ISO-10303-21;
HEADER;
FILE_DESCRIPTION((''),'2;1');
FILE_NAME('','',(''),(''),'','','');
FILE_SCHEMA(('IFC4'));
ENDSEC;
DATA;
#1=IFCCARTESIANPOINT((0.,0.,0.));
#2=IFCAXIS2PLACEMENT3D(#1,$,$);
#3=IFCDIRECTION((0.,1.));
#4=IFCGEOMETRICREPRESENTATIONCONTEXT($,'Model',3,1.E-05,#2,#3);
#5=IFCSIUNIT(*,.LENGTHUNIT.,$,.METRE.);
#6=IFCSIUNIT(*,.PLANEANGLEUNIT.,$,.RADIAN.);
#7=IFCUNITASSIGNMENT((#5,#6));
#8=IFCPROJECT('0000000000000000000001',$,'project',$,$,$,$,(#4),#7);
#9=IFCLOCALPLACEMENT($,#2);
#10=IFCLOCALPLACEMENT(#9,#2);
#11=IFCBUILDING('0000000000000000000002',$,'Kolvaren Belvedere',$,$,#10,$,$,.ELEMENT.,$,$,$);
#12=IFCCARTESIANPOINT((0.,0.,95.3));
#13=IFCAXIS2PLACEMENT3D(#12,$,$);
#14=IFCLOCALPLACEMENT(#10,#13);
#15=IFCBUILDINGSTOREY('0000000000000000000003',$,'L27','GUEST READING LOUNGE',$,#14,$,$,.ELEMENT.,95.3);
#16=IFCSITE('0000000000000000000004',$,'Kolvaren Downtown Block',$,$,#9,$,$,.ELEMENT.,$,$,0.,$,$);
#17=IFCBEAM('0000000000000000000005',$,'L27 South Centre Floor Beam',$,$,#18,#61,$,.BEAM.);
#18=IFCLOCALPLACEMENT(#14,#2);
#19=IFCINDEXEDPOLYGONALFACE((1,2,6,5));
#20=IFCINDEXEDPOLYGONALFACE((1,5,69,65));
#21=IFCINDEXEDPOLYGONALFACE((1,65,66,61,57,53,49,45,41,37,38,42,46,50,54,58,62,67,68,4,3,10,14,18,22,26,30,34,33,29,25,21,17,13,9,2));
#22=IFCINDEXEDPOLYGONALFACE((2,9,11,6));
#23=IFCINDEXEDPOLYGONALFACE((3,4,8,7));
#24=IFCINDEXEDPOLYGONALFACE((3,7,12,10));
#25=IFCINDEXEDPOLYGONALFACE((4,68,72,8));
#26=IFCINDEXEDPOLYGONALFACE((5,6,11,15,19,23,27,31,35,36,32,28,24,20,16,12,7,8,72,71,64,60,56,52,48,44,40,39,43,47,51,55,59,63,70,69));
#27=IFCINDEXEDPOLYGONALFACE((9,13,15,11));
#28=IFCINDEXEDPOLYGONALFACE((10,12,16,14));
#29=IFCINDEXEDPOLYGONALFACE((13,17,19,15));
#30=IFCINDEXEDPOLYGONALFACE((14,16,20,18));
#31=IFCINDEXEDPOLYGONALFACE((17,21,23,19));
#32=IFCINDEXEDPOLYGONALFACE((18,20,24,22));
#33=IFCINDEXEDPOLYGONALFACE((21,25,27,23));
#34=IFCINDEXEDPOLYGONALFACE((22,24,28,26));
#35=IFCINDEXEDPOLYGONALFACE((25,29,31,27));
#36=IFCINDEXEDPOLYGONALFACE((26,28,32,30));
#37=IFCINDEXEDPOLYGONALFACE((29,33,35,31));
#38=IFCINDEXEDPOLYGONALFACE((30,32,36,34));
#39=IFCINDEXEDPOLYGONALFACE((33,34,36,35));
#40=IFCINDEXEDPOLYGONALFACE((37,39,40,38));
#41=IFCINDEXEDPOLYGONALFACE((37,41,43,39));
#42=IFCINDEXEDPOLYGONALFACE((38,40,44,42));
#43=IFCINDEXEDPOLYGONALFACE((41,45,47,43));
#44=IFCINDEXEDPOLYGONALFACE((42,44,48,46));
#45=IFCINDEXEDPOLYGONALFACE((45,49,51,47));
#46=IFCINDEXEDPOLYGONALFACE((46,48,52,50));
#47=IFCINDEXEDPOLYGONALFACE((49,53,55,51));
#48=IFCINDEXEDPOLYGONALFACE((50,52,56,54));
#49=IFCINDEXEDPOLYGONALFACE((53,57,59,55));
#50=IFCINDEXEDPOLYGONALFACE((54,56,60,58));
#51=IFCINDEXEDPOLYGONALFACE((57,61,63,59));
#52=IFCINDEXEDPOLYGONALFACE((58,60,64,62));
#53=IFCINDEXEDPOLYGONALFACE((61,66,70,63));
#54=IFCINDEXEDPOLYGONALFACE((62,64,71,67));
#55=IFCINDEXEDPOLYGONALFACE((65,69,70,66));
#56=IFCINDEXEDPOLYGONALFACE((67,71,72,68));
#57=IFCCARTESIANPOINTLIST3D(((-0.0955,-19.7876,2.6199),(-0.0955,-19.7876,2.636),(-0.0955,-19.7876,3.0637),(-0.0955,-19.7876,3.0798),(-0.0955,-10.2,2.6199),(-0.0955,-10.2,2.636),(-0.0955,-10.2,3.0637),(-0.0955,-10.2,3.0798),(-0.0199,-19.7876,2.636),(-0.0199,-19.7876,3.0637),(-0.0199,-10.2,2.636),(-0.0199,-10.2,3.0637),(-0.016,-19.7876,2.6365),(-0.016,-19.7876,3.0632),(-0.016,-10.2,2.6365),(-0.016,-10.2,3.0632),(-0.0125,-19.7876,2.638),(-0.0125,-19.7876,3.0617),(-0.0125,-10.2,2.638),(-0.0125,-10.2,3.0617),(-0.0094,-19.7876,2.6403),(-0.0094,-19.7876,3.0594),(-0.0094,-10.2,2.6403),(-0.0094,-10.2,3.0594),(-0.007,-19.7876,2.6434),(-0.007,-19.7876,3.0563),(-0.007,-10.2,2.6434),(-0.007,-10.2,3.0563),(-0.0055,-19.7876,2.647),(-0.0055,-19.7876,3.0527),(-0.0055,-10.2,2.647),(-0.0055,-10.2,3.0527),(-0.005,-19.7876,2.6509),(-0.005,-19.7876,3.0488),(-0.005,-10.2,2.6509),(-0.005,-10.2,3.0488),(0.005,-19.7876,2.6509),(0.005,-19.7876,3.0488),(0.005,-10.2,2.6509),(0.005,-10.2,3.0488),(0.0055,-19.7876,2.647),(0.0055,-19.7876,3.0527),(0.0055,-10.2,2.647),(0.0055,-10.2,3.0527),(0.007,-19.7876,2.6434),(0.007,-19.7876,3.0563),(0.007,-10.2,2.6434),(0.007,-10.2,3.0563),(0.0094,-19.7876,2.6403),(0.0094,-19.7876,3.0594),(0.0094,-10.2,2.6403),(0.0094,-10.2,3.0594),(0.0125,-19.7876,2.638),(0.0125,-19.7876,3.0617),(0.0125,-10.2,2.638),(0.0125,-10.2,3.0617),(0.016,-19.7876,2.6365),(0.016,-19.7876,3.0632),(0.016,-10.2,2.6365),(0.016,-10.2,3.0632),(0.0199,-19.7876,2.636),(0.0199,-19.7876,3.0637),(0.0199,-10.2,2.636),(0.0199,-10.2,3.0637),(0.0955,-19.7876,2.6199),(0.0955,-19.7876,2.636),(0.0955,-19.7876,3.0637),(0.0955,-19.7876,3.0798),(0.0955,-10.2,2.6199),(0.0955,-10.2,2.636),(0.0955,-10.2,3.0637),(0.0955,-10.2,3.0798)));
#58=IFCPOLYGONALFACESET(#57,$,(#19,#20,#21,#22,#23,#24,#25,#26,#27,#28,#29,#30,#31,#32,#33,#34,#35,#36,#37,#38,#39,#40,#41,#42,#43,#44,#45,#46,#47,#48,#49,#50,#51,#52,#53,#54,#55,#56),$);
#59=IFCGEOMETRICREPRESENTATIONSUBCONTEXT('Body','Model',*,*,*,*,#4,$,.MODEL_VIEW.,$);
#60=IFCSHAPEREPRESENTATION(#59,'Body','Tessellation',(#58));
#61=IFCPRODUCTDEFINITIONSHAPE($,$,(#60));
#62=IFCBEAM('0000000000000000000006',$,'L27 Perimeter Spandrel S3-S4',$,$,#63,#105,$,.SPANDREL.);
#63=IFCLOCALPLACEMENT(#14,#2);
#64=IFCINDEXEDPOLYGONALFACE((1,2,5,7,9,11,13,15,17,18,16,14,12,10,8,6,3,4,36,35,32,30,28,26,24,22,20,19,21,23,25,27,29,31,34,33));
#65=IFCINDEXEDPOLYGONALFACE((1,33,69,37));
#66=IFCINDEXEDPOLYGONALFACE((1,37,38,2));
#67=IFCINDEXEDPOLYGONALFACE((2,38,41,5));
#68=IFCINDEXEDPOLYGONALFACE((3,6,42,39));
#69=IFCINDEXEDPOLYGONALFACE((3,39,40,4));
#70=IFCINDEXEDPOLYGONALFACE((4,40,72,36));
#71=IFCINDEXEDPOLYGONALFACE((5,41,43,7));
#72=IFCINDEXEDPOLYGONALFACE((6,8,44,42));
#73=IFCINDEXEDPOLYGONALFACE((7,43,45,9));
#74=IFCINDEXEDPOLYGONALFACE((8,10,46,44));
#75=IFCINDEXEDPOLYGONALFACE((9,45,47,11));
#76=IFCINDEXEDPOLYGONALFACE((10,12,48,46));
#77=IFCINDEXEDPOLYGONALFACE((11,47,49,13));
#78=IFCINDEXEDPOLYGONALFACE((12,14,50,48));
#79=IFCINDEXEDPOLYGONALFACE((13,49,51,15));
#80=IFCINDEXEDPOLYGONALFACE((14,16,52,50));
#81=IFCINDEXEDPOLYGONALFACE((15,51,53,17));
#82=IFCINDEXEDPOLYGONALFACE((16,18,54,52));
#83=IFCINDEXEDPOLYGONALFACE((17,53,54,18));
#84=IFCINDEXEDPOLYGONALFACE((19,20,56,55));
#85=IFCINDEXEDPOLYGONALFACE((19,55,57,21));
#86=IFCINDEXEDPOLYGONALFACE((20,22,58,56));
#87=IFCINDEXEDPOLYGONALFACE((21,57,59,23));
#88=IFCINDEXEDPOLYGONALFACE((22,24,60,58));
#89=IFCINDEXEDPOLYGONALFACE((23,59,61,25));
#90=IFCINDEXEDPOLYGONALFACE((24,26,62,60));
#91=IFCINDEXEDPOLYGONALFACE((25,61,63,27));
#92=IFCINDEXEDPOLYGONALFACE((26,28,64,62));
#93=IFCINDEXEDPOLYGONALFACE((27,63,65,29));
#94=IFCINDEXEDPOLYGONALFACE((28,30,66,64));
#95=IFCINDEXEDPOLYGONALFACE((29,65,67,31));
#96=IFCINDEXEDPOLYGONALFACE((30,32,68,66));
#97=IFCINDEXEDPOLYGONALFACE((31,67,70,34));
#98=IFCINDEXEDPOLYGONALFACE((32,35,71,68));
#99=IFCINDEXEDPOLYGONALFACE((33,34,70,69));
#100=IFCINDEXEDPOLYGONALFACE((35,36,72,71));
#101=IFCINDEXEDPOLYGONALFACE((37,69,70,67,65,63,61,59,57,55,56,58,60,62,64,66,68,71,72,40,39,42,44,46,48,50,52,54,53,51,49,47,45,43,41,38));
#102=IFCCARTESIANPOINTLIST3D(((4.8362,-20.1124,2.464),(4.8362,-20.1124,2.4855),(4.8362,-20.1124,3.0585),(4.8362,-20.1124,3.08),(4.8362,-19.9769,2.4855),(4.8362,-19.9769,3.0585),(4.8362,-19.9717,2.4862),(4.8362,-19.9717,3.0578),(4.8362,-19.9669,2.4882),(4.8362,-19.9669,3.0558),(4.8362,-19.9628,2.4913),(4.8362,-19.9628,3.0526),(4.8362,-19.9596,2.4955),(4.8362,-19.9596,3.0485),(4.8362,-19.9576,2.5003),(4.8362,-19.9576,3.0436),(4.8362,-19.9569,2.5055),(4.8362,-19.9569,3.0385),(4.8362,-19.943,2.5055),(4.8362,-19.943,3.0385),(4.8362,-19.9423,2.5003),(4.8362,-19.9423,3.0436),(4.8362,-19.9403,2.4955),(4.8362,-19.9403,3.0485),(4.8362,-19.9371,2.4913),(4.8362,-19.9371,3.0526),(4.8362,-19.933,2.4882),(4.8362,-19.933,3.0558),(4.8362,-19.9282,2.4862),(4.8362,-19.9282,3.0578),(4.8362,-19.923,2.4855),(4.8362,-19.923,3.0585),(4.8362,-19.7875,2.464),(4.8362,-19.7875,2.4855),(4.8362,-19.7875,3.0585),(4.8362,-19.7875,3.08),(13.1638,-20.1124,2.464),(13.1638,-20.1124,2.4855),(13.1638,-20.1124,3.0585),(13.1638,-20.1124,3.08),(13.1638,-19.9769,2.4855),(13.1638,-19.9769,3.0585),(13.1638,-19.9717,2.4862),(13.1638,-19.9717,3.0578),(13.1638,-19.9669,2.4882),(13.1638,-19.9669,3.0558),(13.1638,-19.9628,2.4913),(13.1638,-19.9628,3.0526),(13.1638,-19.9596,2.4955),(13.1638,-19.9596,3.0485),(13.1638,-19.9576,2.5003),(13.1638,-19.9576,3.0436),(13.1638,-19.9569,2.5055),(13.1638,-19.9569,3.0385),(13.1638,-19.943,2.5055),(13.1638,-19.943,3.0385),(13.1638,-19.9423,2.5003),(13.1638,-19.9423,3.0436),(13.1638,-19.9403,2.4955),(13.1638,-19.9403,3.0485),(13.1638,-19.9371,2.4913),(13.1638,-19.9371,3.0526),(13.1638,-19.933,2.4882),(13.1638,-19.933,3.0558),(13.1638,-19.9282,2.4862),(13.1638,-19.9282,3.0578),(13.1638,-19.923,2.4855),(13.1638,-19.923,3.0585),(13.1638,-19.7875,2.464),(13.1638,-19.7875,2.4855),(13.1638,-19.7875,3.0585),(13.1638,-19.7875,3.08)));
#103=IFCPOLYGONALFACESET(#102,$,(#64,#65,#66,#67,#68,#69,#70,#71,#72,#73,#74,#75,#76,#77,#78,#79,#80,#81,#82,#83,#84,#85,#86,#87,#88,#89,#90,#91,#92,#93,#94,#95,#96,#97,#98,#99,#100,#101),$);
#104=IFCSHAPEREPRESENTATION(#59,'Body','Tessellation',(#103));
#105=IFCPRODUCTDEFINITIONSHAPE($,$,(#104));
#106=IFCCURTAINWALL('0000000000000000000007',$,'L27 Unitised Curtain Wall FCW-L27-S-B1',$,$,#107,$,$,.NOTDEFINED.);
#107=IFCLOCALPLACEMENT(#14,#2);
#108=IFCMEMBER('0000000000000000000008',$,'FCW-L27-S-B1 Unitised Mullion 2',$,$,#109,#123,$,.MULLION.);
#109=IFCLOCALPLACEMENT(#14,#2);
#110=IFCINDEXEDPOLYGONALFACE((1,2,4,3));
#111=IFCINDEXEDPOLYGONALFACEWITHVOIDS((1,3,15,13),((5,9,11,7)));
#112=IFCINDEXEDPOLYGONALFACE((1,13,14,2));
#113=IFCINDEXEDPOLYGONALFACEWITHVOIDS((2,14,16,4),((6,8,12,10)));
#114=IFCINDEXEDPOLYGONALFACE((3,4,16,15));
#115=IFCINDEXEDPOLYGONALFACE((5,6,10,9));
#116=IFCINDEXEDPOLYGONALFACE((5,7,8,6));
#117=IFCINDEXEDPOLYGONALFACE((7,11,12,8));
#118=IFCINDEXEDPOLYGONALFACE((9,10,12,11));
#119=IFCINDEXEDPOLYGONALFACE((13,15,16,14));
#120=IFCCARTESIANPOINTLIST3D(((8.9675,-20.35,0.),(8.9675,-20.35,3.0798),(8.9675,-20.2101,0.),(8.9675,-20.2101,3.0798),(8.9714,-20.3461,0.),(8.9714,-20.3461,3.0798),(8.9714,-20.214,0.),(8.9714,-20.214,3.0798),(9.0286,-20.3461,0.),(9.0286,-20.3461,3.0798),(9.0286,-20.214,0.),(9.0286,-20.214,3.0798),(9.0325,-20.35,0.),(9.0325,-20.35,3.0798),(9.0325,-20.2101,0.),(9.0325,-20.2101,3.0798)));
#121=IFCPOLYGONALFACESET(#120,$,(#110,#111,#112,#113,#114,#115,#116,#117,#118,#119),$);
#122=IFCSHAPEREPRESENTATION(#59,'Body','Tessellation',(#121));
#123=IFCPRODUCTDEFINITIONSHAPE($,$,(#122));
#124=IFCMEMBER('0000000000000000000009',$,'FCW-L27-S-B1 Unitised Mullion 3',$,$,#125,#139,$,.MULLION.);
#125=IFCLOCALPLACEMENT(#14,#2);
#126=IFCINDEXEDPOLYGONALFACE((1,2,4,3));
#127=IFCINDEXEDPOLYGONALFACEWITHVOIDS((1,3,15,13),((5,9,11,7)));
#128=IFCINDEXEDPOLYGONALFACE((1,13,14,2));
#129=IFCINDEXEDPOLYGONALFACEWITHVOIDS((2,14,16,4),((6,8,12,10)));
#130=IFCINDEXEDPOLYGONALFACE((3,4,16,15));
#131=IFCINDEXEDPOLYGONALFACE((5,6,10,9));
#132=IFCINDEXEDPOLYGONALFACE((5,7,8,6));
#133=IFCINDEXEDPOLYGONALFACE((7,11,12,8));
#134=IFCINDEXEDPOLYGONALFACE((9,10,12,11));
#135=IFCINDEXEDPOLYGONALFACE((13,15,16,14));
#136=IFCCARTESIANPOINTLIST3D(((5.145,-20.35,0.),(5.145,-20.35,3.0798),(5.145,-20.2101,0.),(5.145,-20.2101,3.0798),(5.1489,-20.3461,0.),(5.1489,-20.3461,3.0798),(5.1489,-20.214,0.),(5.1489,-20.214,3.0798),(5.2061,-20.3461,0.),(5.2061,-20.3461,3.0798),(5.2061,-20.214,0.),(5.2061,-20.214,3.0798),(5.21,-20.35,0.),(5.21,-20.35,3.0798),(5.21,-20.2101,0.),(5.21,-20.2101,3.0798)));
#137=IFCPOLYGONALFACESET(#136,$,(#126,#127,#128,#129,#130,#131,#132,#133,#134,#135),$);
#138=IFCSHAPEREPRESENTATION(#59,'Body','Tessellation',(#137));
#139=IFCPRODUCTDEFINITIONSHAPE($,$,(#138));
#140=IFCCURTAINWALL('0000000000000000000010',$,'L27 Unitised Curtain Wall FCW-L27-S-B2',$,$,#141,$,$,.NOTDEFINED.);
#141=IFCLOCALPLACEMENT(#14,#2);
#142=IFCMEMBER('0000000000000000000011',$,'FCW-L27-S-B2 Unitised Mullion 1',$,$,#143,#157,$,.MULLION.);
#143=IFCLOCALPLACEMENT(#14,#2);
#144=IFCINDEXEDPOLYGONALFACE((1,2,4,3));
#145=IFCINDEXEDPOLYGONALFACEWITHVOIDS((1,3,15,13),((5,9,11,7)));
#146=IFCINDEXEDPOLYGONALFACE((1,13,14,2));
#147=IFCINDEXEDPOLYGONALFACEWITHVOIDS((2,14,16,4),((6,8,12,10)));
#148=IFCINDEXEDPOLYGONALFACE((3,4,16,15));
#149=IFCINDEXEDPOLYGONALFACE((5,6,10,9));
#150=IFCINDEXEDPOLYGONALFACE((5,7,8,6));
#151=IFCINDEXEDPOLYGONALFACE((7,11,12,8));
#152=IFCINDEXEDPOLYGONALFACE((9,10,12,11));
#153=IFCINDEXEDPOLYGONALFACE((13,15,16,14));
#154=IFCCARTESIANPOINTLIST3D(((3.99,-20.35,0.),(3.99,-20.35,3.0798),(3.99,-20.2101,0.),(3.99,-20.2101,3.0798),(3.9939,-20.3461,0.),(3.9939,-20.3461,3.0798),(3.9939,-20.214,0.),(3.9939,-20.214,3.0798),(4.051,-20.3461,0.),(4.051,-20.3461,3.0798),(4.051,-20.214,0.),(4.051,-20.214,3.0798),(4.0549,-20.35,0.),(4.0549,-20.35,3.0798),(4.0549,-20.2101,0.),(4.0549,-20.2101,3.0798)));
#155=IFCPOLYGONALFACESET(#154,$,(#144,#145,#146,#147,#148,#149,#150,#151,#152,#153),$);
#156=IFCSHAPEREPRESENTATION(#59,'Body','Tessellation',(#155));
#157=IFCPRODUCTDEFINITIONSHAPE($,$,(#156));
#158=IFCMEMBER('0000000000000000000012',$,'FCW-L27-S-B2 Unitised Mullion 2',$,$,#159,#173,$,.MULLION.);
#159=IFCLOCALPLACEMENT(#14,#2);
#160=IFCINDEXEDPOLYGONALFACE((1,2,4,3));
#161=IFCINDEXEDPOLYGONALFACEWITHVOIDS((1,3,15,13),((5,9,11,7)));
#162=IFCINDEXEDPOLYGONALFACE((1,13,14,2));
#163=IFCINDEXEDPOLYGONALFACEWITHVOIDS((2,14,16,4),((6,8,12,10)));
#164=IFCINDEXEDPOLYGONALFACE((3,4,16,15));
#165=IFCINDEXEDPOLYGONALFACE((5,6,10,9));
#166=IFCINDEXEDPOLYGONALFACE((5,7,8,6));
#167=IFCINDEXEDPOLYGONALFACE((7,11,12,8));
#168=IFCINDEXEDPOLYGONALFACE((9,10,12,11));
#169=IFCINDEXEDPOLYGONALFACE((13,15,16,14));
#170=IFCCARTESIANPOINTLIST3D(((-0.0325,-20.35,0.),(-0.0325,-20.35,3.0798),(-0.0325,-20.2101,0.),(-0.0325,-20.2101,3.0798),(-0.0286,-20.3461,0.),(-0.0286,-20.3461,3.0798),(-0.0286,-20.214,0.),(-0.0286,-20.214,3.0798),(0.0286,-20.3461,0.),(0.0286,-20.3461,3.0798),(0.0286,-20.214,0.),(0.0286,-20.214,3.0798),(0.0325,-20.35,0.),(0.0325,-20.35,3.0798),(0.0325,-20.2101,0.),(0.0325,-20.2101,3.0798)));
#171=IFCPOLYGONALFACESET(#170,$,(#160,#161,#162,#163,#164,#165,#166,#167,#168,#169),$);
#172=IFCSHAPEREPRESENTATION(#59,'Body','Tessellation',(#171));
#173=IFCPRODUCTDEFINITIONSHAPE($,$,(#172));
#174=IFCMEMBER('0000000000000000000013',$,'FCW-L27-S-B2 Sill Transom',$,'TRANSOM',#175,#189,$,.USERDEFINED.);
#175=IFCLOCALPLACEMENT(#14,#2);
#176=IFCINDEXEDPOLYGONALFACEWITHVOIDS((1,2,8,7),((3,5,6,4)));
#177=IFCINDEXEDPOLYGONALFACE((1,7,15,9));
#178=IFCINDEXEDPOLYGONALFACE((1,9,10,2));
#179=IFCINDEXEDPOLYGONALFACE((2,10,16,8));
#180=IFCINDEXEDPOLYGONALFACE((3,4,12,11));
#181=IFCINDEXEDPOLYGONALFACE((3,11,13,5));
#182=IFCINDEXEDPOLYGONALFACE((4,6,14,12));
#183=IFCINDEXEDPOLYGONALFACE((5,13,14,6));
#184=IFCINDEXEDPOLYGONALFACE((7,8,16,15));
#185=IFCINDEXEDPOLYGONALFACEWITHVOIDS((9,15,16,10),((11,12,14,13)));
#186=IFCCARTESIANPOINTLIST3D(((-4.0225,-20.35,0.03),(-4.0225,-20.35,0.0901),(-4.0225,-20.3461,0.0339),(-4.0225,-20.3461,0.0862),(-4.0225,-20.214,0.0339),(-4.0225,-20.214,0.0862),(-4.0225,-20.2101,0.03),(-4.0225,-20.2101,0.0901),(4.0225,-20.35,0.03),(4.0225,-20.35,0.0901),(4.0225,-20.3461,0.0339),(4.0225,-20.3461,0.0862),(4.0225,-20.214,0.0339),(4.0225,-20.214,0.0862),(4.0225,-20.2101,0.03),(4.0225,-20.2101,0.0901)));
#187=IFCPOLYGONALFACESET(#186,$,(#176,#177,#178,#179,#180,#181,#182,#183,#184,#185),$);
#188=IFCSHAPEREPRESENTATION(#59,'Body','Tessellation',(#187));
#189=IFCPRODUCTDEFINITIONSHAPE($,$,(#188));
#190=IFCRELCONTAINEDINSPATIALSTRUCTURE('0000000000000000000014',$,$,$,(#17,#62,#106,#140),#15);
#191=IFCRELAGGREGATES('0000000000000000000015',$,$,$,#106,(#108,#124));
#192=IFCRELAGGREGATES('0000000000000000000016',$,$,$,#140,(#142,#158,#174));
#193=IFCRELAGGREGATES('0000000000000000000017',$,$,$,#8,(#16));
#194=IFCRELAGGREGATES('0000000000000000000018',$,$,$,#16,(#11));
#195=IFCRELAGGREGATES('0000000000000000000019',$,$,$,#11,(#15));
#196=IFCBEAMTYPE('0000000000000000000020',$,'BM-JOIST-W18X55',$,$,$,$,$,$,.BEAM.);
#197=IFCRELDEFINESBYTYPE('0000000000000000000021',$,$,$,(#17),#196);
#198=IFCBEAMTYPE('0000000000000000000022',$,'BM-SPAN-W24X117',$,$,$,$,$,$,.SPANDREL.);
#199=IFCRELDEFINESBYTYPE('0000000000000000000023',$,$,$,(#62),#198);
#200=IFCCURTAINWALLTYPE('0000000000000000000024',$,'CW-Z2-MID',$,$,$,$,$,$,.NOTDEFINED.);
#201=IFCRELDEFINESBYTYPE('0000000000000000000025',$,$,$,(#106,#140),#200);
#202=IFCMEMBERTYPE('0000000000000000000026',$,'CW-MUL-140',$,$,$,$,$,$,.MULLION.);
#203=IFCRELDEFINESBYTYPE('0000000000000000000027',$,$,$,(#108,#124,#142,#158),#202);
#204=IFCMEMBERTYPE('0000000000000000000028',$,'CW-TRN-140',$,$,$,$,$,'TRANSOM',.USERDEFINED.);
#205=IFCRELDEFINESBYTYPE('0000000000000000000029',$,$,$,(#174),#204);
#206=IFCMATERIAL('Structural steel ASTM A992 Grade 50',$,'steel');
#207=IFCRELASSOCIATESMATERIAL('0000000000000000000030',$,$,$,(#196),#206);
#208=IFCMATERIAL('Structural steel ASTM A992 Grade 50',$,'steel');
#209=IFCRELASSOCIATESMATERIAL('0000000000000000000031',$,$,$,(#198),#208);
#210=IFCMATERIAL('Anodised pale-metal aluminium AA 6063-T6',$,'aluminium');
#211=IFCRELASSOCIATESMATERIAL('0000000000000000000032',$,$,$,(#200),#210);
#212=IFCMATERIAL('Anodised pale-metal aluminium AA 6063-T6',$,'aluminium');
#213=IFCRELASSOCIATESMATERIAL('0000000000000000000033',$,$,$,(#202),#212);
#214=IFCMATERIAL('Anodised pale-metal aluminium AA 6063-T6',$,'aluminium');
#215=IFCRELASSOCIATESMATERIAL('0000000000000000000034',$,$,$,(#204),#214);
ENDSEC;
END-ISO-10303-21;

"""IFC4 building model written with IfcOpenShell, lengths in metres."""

from ifc_helpers import new_model, si_unit, direction, frame, origin, origin_2d, place, context, subcontext, project, spatial, hollow_rectangle, i_section, extrude, material, material_profile, profile_set, type_object, element, aggregate, save


model = new_model("IFC4")

# Units and contexts
model_context = context("Model", 3, precision=1e-05, world=origin(), true_north=direction((0.0, 1.0)))
body_context = subcontext(model_context, "Body", "Model", "MODEL_VIEW")
ifc_project = project(units=[si_unit("LENGTHUNIT", "METRE"), si_unit("PLANEANGLEUNIT", "RADIAN")], contexts=[model_context])

# Site, building, storey
site_placement = place(None, origin())
site = spatial("IfcSite", under=ifc_project, at=site_placement, Name="Kolvaren Downtown Block", CompositionType="ELEMENT", RefElevation=0.0)
building_placement = place(site_placement, origin())
building = spatial("IfcBuilding", under=site, at=building_placement, Name="Kolvaren Belvedere", CompositionType="ELEMENT")
storey_placement = place(building_placement, frame((0.0, 0.0, 95.3)))
storey = spatial("IfcBuildingStorey", under=building, at=storey_placement, Name="L27", Description="GUEST READING LOUNGE", CompositionType="ELEMENT", Elevation=95.3)

# Beams
ifc_material_1 = material(Name="Structural steel ASTM A992 Grade 50", Category="steel")
ifc_material_profile_1 = material_profile(ifc_material_1, i_section(OverallWidth=0.1909, OverallDepth=0.46, WebThickness=0.01, FlangeThickness=0.0161, FilletRadius=0.0149, at=origin_2d()), Name="W18X55")
ifc_profile_set_1 = profile_set([ifc_material_profile_1], Name="Structural steel ASTM A992 Grade 50")
beam_type_1 = type_object("IfcBeamType", Name="BM-JOIST-W18X55", PredefinedType="BEAM", material=ifc_profile_set_1)
beam_1_placement = place(storey_placement, frame((0.0, -10.2, 2.8499), z_axis=(0.0, -1.0, 0.0), x_axis=(1.0, 0.0, 0.0)))
element("IfcBeam", 1, at=beam_1_placement, inside=storey, type_object=beam_type_1, Name="L27 South Centre Floor Beam", PredefinedType="BEAM", context=body_context, shape_type="SweptSolid", body=[
    extrude(i_section(OverallWidth=0.1909, OverallDepth=0.46, WebThickness=0.01, FlangeThickness=0.0161, FilletRadius=0.0149, at=origin_2d()), origin(), (0.0, 0.0, 1.0), 9.5876),
])
ifc_material_2 = material(Name="Structural steel ASTM A992 Grade 50", Category="steel")
ifc_material_profile_2 = material_profile(ifc_material_2, i_section(OverallWidth=0.325, OverallDepth=0.616, WebThickness=0.0139, FlangeThickness=0.0215, FilletRadius=0.02, at=origin_2d()), Name="W24X117")
ifc_profile_set_2 = profile_set([ifc_material_profile_2], Name="Structural steel ASTM A992 Grade 50")
beam_type_2 = type_object("IfcBeamType", Name="BM-SPAN-W24X117", PredefinedType="SPANDREL", material=ifc_profile_set_2)
beam_2_placement = place(storey_placement, frame((4.8362, -19.95, 2.772), z_axis=(1.0, 0.0, 0.0), x_axis=(0.0, 1.0, 0.0)))
element("IfcBeam", 2, at=beam_2_placement, inside=storey, type_object=beam_type_2, Name="L27 Perimeter Spandrel S3-S4", PredefinedType="SPANDREL", context=body_context, shape_type="SweptSolid", body=[
    extrude(i_section(OverallWidth=0.325, OverallDepth=0.616, WebThickness=0.0139, FlangeThickness=0.0215, FilletRadius=0.02, at=origin_2d()), origin(), (0.0, 0.0, 1.0), 8.3276),
])

# Curtain walls, members
ifc_material_3 = material(Name="Anodised pale-metal aluminium AA 6063-T6", Category="aluminium")
curtain_wall_type = type_object("IfcCurtainWallType", Name="CW-Z2-MID", PredefinedType="NOTDEFINED", material=ifc_material_3)
curtain_wall_1_placement = place(storey_placement, origin())
curtain_wall_1 = element("IfcCurtainWall", 3, at=curtain_wall_1_placement, inside=storey, type_object=curtain_wall_type, Name="L27 Unitised Curtain Wall FCW-L27-S-B1", PredefinedType="NOTDEFINED")
ifc_material_4 = material(Name="Anodised pale-metal aluminium AA 6063-T6", Category="aluminium")
ifc_material_profile_3 = material_profile(ifc_material_4, hollow_rectangle(XDim=0.0649, YDim=0.1399, WallThickness=0.0039, at=origin_2d()), Name="ALU-MUL-140X65")
ifc_profile_set_3 = profile_set([ifc_material_profile_3], Name="Anodised pale-metal aluminium AA 6063-T6")
member_type_1 = type_object("IfcMemberType", Name="CW-MUL-140", PredefinedType="MULLION", material=ifc_profile_set_3)
member_1_placement = place(storey_placement, frame((9.0, -20.28, 0.0), z_axis=(0.0, 0.0, 1.0), x_axis=(1.0, 0.0, 0.0)))
member_1 = element("IfcMember", 4, at=member_1_placement, type_object=member_type_1, Name="FCW-L27-S-B1 Unitised Mullion 2", PredefinedType="MULLION", context=body_context, shape_type="SweptSolid", body=[
    extrude(hollow_rectangle(XDim=0.0649, YDim=0.1399, WallThickness=0.0039, at=origin_2d()), origin(), (0.0, 0.0, 1.0), 3.0798),
])
member_2_placement = place(storey_placement, frame((5.1775, -20.28, 0.0), z_axis=(0.0, 0.0, 1.0), x_axis=(1.0, 0.0, 0.0)))
member_2 = element("IfcMember", 5, at=member_2_placement, type_object=member_type_1, Name="FCW-L27-S-B1 Unitised Mullion 3", PredefinedType="MULLION", context=body_context, shape_type="SweptSolid", body=[
    extrude(hollow_rectangle(XDim=0.0649, YDim=0.1399, WallThickness=0.0039, at=origin_2d()), origin(), (0.0, 0.0, 1.0), 3.0798),
])
curtain_wall_2_placement = place(storey_placement, origin())
curtain_wall_2 = element("IfcCurtainWall", 6, at=curtain_wall_2_placement, inside=storey, type_object=curtain_wall_type, Name="L27 Unitised Curtain Wall FCW-L27-S-B2", PredefinedType="NOTDEFINED")
member_3_placement = place(storey_placement, frame((4.0225, -20.28, 0.0), z_axis=(0.0, 0.0, 1.0), x_axis=(1.0, 0.0, 0.0)))
member_3 = element("IfcMember", 7, at=member_3_placement, type_object=member_type_1, Name="FCW-L27-S-B2 Unitised Mullion 1", PredefinedType="MULLION", context=body_context, shape_type="SweptSolid", body=[
    extrude(hollow_rectangle(XDim=0.0649, YDim=0.1399, WallThickness=0.0039, at=origin_2d()), origin(), (0.0, 0.0, 1.0), 3.0798),
])
member_4_placement = place(storey_placement, frame((0.0, -20.28, 0.0), z_axis=(0.0, 0.0, 1.0), x_axis=(1.0, 0.0, 0.0)))
member_4 = element("IfcMember", 8, at=member_4_placement, type_object=member_type_1, Name="FCW-L27-S-B2 Unitised Mullion 2", PredefinedType="MULLION", context=body_context, shape_type="SweptSolid", body=[
    extrude(hollow_rectangle(XDim=0.0649, YDim=0.1399, WallThickness=0.0039, at=origin_2d()), origin(), (0.0, 0.0, 1.0), 3.0798),
])
ifc_material_5 = material(Name="Anodised pale-metal aluminium AA 6063-T6", Category="aluminium")
ifc_material_profile_4 = material_profile(ifc_material_5, hollow_rectangle(XDim=0.0601, YDim=0.1399, WallThickness=0.0039, at=origin_2d()), Name="ALU-TRN-140X60")
ifc_profile_set_4 = profile_set([ifc_material_profile_4], Name="Anodised pale-metal aluminium AA 6063-T6")
member_type_2 = type_object("IfcMemberType", Name="CW-TRN-140", ElementType="TRANSOM", PredefinedType="USERDEFINED", material=ifc_profile_set_4)
member_5_placement = place(storey_placement, frame((4.0225, -20.28, 0.0601), z_axis=(-1.0, 0.0, 0.0), x_axis=(0.0, 0.0, 1.0)))
member_5 = element("IfcMember", 9, at=member_5_placement, type_object=member_type_2, Name="FCW-L27-S-B2 Sill Transom", ObjectType="TRANSOM", PredefinedType="USERDEFINED", context=body_context, shape_type="SweptSolid", body=[
    extrude(hollow_rectangle(XDim=0.0601, YDim=0.1399, WallThickness=0.0039, at=origin_2d()), origin(), (0.0, 0.0, 1.0), 8.0449),
])

aggregate(curtain_wall_1, [member_1, member_2])
aggregate(curtain_wall_2, [member_3, member_4, member_5])

save(model, "model.ifc")
